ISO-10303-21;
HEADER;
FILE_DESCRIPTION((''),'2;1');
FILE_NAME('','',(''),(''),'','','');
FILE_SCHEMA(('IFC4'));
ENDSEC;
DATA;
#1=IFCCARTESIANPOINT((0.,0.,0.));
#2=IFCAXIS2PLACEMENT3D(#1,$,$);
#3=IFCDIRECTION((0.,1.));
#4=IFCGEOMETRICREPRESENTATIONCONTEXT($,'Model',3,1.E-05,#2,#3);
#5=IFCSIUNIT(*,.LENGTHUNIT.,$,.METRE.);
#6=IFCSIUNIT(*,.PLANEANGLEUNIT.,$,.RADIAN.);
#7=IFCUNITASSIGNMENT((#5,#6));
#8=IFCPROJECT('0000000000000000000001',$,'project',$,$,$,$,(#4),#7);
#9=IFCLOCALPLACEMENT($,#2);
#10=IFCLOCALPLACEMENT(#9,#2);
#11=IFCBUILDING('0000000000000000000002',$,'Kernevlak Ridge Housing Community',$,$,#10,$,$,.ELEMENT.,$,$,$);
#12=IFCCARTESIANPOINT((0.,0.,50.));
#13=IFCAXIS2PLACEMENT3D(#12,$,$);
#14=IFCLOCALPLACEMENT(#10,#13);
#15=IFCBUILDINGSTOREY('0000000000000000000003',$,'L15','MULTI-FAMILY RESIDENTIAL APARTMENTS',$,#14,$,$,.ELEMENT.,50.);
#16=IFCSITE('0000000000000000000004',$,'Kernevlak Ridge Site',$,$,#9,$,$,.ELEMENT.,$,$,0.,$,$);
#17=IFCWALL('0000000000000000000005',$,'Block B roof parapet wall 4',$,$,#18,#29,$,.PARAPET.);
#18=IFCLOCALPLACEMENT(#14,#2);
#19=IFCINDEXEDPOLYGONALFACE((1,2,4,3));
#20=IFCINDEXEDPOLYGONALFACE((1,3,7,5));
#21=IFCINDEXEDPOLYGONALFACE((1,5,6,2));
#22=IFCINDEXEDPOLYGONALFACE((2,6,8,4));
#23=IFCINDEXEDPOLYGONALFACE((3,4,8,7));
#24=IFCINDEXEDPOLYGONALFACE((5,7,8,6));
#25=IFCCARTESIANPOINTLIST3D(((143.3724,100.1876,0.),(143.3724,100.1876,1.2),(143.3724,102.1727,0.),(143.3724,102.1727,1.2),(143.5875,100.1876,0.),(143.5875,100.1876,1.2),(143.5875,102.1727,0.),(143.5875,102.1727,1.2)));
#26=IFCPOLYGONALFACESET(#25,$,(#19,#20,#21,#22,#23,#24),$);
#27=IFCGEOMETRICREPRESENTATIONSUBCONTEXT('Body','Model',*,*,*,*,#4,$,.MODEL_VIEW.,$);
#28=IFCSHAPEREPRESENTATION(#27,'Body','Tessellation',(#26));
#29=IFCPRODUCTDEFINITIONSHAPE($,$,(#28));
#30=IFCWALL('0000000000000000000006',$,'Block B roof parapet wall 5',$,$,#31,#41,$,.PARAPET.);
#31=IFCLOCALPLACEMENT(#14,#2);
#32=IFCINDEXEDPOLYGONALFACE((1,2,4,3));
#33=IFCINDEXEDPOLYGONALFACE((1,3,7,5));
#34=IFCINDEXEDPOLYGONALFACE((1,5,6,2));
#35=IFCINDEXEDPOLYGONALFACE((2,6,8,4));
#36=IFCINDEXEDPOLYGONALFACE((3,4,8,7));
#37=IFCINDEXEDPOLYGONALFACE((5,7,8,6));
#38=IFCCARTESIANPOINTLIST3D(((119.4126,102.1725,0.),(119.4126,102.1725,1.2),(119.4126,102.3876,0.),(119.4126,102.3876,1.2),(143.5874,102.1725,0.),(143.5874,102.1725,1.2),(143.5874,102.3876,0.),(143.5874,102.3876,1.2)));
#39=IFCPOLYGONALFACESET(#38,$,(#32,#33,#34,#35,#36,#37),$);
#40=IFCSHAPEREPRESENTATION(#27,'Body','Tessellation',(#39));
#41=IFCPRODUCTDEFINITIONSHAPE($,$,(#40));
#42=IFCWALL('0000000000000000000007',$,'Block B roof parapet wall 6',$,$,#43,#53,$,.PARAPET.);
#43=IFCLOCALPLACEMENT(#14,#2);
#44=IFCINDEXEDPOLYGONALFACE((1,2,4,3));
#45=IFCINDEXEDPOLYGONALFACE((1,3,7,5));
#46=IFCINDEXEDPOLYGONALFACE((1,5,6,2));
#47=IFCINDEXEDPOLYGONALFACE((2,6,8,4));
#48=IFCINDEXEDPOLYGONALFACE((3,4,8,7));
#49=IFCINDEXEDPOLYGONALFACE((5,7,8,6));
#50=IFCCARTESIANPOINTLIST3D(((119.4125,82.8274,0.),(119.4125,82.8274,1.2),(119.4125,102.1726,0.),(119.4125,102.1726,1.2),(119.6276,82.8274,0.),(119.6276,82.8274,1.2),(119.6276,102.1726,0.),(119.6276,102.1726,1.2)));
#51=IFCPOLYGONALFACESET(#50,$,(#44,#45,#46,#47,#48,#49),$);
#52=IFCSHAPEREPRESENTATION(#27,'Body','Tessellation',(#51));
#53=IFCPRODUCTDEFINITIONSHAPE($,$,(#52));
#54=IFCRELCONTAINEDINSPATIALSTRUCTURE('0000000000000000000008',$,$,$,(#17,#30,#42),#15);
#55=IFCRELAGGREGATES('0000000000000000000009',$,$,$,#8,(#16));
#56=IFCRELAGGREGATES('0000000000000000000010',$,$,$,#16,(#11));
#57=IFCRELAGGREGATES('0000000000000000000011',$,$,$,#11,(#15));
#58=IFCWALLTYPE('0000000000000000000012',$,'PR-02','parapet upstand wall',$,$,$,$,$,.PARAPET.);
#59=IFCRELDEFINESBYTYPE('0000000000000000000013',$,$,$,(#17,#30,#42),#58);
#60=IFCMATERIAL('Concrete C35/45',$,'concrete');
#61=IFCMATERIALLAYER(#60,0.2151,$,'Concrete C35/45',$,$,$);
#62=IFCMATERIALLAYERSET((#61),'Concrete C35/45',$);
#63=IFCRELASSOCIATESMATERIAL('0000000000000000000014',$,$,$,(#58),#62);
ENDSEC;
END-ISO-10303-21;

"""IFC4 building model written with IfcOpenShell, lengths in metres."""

from ifc_helpers import new_model, si_unit, direction, frame, frame_2d, origin, place, context, subcontext, project, spatial, rectangle, extrude, material, layer, layer_set, type_object, element, save


model = new_model("IFC4")

# Units and contexts
model_context = context("Model", 3, precision=1e-05, world=origin(), true_north=direction((0.0, 1.0)))
body_context = subcontext(model_context, "Body", "Model", "MODEL_VIEW")
ifc_project = project(units=[si_unit("LENGTHUNIT", "METRE"), si_unit("PLANEANGLEUNIT", "RADIAN")], contexts=[model_context])

# Site, building, storey
site_placement = place(None, origin())
site = spatial("IfcSite", under=ifc_project, at=site_placement, Name="Kernevlak Ridge Site", CompositionType="ELEMENT", RefElevation=0.0)
building_placement = place(site_placement, origin())
building = spatial("IfcBuilding", under=site, at=building_placement, Name="Kernevlak Ridge Housing Community", CompositionType="ELEMENT")
storey_placement = place(building_placement, frame((0.0, 0.0, 50.0)))
storey = spatial("IfcBuildingStorey", under=building, at=storey_placement, Name="L15", Description="MULTI-FAMILY RESIDENTIAL APARTMENTS", CompositionType="ELEMENT", Elevation=50.0)

# Shared definitions
ifc_material_1 = material(Name="Concrete C35/45", Category="concrete")

# Walls
ifc_layer_1 = layer(ifc_material_1, 0.2151, Name="Concrete C35/45")
ifc_layer_set_1 = layer_set([ifc_layer_1], Name="Concrete C35/45")
wall_type_1 = type_object("IfcWallType", Name="PR-02", Description="parapet upstand wall", PredefinedType="PARAPET", material=ifc_layer_set_1)
wall_1_placement = place(storey_placement, frame((143.48, 100.1875, 0.0), z_axis=(0.0, 0.0, 1.0), x_axis=(0.0, 1.0, 0.0)))
element("IfcWall", 1, at=wall_1_placement, inside=storey, type_object=wall_type_1, Name="Block B roof parapet wall 4", PredefinedType="PARAPET", context=body_context, shape_type="SweptSolid", body=[
    extrude(rectangle(XDim=1.9851, YDim=0.2151, at=frame_2d((0.9927, 0.0))), origin(), (0.0, 0.0, 1.0), 1.2),
])
wall_2_placement = place(storey_placement, frame((143.5874, 102.28, 0.0), z_axis=(0.0, 0.0, 1.0), x_axis=(-1.0, 0.0, 0.0)))
element("IfcWall", 2, at=wall_2_placement, inside=storey, type_object=wall_type_1, Name="Block B roof parapet wall 5", PredefinedType="PARAPET", context=body_context, shape_type="SweptSolid", body=[
    extrude(rectangle(XDim=24.1748, YDim=0.2151, at=frame_2d((12.0874, 0.0))), origin(), (0.0, 0.0, 1.0), 1.2),
])
wall_3_placement = place(storey_placement, frame((119.52, 102.1726, 0.0), z_axis=(0.0, 0.0, 1.0), x_axis=(0.0, -1.0, 0.0)))
element("IfcWall", 3, at=wall_3_placement, inside=storey, type_object=wall_type_1, Name="Block B roof parapet wall 6", PredefinedType="PARAPET", context=body_context, shape_type="SweptSolid", body=[
    extrude(rectangle(XDim=19.3452, YDim=0.2151, at=frame_2d((9.6726, 0.0))), origin(), (0.0, 0.0, 1.0), 1.2),
])

save(model, "model.ifc")
